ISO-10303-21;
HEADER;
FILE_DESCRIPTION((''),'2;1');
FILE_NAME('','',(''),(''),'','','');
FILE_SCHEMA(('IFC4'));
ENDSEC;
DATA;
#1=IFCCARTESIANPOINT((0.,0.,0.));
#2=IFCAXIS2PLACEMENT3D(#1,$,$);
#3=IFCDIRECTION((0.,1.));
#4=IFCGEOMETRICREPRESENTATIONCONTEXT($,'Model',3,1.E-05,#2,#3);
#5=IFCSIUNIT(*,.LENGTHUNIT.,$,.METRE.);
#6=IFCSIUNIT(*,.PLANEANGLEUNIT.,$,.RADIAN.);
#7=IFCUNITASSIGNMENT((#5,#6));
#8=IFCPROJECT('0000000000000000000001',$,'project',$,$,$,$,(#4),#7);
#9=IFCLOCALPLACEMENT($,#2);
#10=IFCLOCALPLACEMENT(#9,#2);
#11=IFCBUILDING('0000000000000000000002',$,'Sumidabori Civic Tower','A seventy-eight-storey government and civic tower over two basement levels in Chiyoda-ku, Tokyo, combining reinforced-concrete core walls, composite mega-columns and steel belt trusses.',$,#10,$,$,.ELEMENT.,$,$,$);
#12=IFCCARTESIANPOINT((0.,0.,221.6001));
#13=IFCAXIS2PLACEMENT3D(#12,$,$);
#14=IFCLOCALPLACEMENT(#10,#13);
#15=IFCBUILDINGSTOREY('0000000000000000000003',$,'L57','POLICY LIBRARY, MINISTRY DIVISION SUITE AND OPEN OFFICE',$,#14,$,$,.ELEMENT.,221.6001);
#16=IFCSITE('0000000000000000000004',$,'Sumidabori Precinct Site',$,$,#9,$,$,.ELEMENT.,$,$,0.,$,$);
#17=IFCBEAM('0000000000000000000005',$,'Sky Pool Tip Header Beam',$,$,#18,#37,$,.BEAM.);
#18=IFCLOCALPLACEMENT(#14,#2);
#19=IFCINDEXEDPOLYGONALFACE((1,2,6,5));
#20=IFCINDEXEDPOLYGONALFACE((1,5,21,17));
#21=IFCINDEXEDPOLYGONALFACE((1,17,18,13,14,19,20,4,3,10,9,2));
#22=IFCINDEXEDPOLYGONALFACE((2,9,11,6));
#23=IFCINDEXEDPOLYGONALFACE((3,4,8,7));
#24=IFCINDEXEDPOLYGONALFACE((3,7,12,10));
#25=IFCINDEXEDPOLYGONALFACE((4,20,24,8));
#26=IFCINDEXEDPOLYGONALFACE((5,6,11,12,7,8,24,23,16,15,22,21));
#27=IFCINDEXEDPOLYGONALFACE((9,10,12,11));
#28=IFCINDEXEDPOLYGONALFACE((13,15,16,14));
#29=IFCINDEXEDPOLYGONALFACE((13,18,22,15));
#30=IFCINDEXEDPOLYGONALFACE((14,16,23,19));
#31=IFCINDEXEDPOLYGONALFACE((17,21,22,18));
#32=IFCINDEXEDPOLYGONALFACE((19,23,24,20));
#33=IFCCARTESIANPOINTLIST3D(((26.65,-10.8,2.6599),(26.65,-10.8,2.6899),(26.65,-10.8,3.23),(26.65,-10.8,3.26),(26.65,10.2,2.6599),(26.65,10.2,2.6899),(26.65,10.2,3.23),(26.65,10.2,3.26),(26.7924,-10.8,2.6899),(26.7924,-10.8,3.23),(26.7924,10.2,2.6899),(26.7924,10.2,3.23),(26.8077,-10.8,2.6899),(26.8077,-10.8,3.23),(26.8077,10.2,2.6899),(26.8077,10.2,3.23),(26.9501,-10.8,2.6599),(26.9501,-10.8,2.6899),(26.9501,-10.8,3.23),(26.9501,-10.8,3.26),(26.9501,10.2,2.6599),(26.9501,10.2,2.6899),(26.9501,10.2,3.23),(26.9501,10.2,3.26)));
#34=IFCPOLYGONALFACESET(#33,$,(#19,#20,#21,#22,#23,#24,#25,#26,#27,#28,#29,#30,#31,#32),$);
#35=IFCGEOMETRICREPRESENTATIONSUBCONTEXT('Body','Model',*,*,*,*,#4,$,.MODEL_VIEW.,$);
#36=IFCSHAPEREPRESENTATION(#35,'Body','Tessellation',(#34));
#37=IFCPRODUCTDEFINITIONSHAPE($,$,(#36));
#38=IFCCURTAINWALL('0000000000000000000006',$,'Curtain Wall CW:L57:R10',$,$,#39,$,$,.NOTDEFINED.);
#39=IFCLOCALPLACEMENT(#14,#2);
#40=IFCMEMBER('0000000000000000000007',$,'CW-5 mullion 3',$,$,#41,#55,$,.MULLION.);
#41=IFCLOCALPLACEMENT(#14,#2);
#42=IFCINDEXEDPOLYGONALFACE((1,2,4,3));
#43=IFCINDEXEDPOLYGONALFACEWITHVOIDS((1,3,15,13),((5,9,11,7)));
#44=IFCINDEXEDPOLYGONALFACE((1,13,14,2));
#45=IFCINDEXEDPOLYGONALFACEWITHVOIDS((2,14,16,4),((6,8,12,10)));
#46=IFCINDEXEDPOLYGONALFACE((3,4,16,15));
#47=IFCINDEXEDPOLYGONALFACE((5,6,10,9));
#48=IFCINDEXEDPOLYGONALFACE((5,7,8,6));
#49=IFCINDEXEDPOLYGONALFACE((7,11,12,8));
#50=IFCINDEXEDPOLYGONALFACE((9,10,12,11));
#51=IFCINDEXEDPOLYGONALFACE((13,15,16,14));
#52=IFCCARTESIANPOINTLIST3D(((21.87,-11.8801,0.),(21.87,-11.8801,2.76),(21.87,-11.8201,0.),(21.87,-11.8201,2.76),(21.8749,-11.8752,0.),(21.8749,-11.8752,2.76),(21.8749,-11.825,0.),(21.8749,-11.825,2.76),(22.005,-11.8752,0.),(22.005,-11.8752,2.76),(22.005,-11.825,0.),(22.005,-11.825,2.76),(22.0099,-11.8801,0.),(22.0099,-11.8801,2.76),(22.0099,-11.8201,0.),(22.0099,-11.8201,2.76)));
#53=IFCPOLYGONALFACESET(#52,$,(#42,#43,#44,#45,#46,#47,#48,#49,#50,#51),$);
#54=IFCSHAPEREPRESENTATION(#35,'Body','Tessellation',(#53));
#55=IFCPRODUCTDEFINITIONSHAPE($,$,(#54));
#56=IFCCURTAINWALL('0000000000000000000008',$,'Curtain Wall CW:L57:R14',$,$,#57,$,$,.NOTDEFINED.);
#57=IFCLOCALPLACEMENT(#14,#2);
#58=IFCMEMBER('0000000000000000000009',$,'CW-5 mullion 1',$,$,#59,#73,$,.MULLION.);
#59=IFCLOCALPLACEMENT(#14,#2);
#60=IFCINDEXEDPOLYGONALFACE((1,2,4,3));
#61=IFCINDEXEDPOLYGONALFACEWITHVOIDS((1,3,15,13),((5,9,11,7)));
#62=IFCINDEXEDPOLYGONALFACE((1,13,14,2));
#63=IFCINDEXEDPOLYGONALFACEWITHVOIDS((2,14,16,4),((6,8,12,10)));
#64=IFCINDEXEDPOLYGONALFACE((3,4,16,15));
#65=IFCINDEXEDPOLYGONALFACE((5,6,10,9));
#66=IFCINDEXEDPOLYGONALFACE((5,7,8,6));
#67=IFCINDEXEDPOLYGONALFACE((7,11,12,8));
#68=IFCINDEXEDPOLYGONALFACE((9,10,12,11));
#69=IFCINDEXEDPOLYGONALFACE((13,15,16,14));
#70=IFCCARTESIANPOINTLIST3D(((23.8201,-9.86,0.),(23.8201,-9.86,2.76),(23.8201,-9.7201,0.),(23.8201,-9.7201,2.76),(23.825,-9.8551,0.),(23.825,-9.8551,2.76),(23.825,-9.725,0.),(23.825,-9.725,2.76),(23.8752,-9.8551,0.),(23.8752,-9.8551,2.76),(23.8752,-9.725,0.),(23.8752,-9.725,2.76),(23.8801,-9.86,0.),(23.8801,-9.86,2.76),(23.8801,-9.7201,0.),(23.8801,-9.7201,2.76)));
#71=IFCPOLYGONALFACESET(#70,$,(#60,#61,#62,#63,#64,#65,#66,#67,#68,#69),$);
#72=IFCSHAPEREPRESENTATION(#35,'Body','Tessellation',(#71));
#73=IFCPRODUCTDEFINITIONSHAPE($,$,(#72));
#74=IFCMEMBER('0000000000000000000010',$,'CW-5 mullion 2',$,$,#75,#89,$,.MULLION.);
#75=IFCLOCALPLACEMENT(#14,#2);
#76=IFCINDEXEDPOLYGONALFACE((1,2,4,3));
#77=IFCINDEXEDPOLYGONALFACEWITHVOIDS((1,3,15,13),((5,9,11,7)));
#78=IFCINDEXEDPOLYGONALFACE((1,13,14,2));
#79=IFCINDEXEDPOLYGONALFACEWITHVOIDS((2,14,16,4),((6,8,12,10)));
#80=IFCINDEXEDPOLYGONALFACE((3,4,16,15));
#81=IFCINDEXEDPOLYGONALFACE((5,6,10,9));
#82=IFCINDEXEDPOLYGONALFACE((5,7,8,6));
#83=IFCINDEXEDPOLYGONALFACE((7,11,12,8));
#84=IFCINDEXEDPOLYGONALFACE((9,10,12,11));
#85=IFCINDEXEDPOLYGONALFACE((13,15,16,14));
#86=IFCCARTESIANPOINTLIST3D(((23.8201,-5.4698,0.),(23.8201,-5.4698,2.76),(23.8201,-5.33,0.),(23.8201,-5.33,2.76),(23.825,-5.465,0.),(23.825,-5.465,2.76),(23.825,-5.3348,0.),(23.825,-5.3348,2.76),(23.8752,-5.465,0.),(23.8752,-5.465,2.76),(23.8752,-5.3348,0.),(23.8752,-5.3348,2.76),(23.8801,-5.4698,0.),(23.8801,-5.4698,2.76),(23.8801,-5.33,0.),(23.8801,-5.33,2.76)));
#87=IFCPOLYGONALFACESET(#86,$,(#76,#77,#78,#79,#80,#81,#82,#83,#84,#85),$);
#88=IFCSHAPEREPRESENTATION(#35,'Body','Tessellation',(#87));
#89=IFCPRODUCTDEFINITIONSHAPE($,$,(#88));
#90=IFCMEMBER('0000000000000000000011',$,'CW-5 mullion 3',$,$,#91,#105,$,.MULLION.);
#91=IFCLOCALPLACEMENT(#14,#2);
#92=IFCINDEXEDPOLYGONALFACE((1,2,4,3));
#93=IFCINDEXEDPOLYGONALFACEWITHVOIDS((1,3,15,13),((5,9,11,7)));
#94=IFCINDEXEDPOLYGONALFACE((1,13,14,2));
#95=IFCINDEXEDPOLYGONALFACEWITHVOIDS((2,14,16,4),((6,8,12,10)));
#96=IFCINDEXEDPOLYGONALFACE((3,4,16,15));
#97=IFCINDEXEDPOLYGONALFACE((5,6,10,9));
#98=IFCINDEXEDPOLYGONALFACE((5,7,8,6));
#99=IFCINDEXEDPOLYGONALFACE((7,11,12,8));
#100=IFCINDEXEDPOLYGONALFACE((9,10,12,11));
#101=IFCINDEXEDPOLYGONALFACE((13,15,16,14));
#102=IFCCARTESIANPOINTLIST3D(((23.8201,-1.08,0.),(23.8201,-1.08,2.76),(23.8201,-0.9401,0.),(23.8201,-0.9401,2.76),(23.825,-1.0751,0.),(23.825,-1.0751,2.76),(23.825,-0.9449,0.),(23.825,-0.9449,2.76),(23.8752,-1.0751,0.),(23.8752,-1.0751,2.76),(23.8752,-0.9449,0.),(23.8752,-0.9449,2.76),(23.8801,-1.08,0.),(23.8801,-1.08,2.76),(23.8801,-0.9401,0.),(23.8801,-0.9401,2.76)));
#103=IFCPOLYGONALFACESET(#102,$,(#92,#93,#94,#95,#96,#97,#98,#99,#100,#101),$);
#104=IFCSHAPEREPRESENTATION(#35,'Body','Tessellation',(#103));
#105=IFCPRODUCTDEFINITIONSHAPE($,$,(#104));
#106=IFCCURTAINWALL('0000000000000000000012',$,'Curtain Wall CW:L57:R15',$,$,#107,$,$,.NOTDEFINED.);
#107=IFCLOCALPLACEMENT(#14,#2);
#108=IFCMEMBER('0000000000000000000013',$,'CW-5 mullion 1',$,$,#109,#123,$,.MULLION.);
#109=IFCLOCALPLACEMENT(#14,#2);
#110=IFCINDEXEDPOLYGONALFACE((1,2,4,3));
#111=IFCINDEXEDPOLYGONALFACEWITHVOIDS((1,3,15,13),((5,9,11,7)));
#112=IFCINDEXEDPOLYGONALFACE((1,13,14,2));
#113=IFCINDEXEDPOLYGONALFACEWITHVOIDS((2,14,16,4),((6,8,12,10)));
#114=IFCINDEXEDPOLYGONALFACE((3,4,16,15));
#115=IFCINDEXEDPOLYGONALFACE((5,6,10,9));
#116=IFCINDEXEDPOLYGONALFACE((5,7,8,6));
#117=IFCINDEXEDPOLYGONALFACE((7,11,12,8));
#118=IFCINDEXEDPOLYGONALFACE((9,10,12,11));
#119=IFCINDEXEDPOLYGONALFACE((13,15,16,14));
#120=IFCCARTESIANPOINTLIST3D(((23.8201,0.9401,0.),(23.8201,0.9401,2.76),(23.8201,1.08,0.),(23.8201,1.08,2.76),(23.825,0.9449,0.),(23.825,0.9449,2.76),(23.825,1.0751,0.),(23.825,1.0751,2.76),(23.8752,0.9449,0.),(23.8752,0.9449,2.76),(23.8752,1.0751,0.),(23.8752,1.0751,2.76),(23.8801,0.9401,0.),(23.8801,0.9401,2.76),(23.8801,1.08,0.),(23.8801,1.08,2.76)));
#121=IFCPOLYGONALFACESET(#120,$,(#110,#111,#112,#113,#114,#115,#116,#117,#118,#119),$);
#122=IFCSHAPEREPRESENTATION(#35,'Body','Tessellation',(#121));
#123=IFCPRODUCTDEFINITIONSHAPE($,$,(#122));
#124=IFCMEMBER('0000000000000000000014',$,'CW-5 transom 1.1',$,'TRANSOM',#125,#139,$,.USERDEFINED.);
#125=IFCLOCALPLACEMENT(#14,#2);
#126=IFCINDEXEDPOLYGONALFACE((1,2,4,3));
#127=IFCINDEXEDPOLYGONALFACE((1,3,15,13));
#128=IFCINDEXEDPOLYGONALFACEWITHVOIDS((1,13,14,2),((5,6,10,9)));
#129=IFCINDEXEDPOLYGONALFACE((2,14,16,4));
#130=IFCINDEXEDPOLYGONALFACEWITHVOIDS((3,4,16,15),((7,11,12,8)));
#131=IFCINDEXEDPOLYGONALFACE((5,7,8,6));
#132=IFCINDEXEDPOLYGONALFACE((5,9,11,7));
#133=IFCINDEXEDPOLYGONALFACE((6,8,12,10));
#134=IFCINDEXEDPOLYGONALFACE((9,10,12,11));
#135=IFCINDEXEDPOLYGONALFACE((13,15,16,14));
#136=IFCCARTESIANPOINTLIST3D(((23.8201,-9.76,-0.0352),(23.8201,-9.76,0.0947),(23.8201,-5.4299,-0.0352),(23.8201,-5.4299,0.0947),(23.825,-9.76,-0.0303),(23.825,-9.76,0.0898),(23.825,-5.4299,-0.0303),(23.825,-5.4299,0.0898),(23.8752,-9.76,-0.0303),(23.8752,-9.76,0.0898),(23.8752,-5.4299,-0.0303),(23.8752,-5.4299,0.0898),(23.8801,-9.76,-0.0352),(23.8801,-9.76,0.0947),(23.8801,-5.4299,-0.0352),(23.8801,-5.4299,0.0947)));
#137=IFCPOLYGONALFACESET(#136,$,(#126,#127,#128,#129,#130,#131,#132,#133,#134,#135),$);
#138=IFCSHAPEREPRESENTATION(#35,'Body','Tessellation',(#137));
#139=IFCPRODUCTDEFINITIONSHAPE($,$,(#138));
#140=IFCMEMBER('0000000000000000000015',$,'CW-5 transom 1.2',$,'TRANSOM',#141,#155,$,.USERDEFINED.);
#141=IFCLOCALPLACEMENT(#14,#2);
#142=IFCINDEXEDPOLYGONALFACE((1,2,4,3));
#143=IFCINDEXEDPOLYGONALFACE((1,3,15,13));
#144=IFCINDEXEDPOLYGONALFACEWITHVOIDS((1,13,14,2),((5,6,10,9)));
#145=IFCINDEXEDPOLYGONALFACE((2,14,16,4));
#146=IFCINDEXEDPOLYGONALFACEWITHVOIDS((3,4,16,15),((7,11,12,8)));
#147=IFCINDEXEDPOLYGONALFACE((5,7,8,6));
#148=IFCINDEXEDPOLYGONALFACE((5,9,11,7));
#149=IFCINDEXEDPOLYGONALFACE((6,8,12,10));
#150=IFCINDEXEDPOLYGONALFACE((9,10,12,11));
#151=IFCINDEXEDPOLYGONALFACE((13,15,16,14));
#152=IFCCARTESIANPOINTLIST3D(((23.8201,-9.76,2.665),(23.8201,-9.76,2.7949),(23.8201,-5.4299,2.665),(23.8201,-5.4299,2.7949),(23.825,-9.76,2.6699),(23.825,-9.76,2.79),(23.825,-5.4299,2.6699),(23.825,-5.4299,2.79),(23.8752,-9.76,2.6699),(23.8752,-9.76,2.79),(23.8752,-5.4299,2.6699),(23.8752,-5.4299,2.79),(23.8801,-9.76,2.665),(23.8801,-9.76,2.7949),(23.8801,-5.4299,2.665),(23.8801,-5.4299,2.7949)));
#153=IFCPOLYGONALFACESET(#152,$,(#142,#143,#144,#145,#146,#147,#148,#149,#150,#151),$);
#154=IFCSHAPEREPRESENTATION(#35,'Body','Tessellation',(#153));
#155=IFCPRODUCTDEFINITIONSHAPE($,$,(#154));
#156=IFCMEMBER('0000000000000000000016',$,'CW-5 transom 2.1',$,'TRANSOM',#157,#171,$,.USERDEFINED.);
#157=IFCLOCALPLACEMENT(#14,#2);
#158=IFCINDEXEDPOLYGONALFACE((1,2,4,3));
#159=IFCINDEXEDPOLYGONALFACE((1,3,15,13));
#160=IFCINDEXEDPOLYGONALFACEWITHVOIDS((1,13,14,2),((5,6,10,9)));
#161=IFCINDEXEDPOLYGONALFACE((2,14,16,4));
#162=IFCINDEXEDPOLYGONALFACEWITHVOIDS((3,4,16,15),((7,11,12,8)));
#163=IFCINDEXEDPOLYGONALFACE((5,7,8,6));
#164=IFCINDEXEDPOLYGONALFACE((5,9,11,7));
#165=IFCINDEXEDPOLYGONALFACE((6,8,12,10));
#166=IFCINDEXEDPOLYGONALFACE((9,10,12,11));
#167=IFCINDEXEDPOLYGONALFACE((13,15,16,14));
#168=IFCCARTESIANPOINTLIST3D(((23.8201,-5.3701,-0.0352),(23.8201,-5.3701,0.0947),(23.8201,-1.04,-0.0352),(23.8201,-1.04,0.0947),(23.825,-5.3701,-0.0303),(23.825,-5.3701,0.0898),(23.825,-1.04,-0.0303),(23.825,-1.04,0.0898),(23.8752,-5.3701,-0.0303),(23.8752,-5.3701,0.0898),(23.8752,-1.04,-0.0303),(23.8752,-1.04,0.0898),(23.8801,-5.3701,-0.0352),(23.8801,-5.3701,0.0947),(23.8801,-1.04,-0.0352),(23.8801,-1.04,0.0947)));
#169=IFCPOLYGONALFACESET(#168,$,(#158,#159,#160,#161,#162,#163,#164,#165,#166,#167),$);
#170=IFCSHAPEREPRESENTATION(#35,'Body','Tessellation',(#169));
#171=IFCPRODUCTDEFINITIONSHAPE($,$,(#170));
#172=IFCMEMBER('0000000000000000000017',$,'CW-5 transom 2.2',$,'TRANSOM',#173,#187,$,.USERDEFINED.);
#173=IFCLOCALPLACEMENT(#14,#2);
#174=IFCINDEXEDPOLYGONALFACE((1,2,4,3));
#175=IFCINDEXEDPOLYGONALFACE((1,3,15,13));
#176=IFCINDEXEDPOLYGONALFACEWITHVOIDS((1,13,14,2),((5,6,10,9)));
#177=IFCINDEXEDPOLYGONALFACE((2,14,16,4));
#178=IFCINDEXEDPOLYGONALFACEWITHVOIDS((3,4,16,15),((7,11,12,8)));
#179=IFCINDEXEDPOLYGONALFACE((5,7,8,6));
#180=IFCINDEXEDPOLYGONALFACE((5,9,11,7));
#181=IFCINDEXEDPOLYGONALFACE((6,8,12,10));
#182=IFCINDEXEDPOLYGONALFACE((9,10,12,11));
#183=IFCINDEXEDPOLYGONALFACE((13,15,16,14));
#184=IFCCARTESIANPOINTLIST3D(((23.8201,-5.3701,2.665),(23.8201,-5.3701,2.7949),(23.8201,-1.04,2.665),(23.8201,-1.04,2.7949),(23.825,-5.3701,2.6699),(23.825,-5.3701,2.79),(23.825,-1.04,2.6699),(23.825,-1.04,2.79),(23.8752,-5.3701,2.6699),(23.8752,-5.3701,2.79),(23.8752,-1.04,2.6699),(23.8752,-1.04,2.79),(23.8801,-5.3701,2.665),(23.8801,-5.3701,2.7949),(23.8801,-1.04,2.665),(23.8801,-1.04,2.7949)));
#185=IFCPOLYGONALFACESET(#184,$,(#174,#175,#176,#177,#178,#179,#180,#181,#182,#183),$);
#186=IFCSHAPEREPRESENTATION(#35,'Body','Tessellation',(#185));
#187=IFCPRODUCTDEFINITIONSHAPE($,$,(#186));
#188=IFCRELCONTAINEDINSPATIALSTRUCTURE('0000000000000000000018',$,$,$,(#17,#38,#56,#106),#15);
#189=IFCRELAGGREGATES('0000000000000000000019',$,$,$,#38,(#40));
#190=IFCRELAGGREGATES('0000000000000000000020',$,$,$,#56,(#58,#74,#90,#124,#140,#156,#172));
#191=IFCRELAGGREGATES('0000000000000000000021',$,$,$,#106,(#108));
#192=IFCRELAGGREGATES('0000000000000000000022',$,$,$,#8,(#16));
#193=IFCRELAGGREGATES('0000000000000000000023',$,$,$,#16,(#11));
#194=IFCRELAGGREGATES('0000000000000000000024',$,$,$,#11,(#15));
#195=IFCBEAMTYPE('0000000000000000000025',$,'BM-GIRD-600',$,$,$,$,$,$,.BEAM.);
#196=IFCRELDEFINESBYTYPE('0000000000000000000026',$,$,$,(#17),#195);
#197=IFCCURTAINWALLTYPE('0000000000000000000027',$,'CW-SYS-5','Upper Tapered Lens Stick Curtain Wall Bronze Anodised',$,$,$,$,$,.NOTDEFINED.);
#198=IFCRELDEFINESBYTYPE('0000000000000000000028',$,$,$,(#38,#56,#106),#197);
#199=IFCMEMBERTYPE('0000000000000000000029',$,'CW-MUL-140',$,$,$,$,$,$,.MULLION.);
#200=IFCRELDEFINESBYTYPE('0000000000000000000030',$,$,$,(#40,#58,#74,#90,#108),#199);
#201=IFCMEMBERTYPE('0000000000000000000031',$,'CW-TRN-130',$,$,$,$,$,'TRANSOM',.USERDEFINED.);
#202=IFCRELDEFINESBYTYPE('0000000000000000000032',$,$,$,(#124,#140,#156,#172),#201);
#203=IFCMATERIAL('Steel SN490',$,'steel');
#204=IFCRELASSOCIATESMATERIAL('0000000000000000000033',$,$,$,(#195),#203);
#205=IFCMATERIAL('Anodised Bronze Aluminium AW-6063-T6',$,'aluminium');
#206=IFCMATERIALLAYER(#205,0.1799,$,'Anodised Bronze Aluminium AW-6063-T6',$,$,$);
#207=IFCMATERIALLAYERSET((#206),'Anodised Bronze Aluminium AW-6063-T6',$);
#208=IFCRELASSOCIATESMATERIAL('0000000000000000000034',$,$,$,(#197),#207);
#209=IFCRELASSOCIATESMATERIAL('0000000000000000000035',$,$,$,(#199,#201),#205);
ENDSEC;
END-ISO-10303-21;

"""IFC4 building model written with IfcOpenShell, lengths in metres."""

from ifc_helpers import new_model, si_unit, direction, frame, origin, origin_2d, place, context, subcontext, project, spatial, hollow_rectangle, i_section, extrude, source, transform, mapped, material, layer, layer_set, material_profile, profile_set, type_object, element, aggregate, save


model = new_model("IFC4")

# Units and contexts
model_context = context("Model", 3, precision=1e-05, world=origin(), true_north=direction((0.0, 1.0)))
body_context = subcontext(model_context, "Body", "Model", "MODEL_VIEW")
ifc_project = project(units=[si_unit("LENGTHUNIT", "METRE"), si_unit("PLANEANGLEUNIT", "RADIAN")], contexts=[model_context])

# Site, building, storey
site_placement = place(None, origin())
site = spatial("IfcSite", under=ifc_project, at=site_placement, Name="Sumidabori Precinct Site", CompositionType="ELEMENT", RefElevation=0.0)
building_placement = place(site_placement, origin())
building = spatial("IfcBuilding", under=site, at=building_placement, Name="Sumidabori Civic Tower", Description="A seventy-eight-storey government and civic tower over two basement levels in Chiyoda-ku, Tokyo, combining reinforced-concrete core walls, composite mega-columns and steel belt trusses.", CompositionType="ELEMENT")
storey_placement = place(building_placement, frame((0.0, 0.0, 221.6001)))
storey = spatial("IfcBuildingStorey", under=building, at=storey_placement, Name="L57", Description="POLICY LIBRARY, MINISTRY DIVISION SUITE AND OPEN OFFICE", CompositionType="ELEMENT", Elevation=221.6001)

# Shared definitions
ifc_material_1 = material(Name="Steel SN490", Category="steel")
ifc_material_profile_1 = material_profile(ifc_material_1, i_section(OverallWidth=0.3, OverallDepth=0.6001, WebThickness=0.0154, FlangeThickness=0.03, at=origin_2d()), Name="HE 600 B")
ifc_profile_set_1 = profile_set([ifc_material_profile_1], Name="Steel SN490")
beam_type_1 = type_object("IfcBeamType", Name="BM-GIRD-600", PredefinedType="BEAM", material=ifc_profile_set_1)

# Beam
shared_shape_1 = source(origin(), body_context, "Body", "SweptSolid", [
    extrude(i_section(OverallWidth=0.3, OverallDepth=0.6001, WebThickness=0.0154, FlangeThickness=0.03, at=origin_2d()), origin(), (0.0, 0.0, 1.0), 21.0),
])
beam_1_placement = place(storey_placement, frame((26.8, -10.8, 2.96), z_axis=(0.0, 1.0, 0.0), x_axis=(-1.0, 0.0, 0.0)))
element("IfcBeam", 1, at=beam_1_placement, inside=storey, type_object=beam_type_1, Name="Sky Pool Tip Header Beam", PredefinedType="BEAM", context=body_context, shape_type="MappedRepresentation", body=[
    mapped(shared_shape_1, transform((0.0, 0.0, 0.0), x_axis=(1.0, 0.0, 0.0), y_axis=(0.0, 1.0, 0.0), z_axis=(0.0, 0.0, 1.0), scale=1.0)),
])

# Curtain wall, member
ifc_material_2 = material(Name="Anodised Bronze Aluminium AW-6063-T6", Category="aluminium")
ifc_layer_1 = layer(ifc_material_2, 0.1799, Name="Anodised Bronze Aluminium AW-6063-T6")
ifc_layer_set_1 = layer_set([ifc_layer_1], Name="Anodised Bronze Aluminium AW-6063-T6")
curtain_wall_type = type_object("IfcCurtainWallType", Name="CW-SYS-5", Description="Upper Tapered Lens Stick Curtain Wall Bronze Anodised", PredefinedType="NOTDEFINED", material=ifc_layer_set_1)
curtain_wall_1_placement = place(storey_placement, origin())
curtain_wall_1 = element("IfcCurtainWall", 2, at=curtain_wall_1_placement, inside=storey, type_object=curtain_wall_type, Name="Curtain Wall CW:L57:R10", PredefinedType="NOTDEFINED")
ifc_material_profile_2 = material_profile(ifc_material_2, hollow_rectangle(XDim=0.0601, YDim=0.1399, WallThickness=0.0049, at=origin_2d()), Name="ALU MULLION 140x60")
ifc_profile_set_2 = profile_set([ifc_material_profile_2], Name="Anodised Bronze Aluminium AW-6063-T6")
member_type_1 = type_object("IfcMemberType", Name="CW-MUL-140", PredefinedType="MULLION", material=ifc_profile_set_2)
shared_shape_2 = source(origin(), body_context, "Body", "SweptSolid", [
    extrude(hollow_rectangle(XDim=0.0601, YDim=0.1399, WallThickness=0.0049, at=origin_2d()), origin(), (0.0, 0.0, 1.0), 2.76),
])
member_1_placement = place(storey_placement, frame((21.9399, -11.8501, 0.0), z_axis=(0.0, 0.0, 1.0), x_axis=(0.0, 1.0, 0.0)))
member_1 = element("IfcMember", 3, at=member_1_placement, type_object=member_type_1, Name="CW-5 mullion 3", PredefinedType="MULLION", context=body_context, shape_type="MappedRepresentation", body=[
    mapped(shared_shape_2, transform((0.0, 0.0, 0.0), x_axis=(1.0, 0.0, 0.0), y_axis=(0.0, 1.0, 0.0), z_axis=(0.0, 0.0, 1.0), scale=1.0)),
])

# Curtain wall, members
curtain_wall_2_placement = place(storey_placement, origin())
curtain_wall_2 = element("IfcCurtainWall", 4, at=curtain_wall_2_placement, inside=storey, type_object=curtain_wall_type, Name="Curtain Wall CW:L57:R14", PredefinedType="NOTDEFINED")
member_2_placement = place(storey_placement, frame((23.8501, -9.79, 0.0), z_axis=(0.0, 0.0, 1.0), x_axis=(-1.0, 0.0, 0.0)))
member_2 = element("IfcMember", 5, at=member_2_placement, type_object=member_type_1, Name="CW-5 mullion 1", PredefinedType="MULLION", context=body_context, shape_type="MappedRepresentation", body=[
    mapped(shared_shape_2, transform((0.0, 0.0, 0.0), x_axis=(1.0, 0.0, 0.0), y_axis=(0.0, 1.0, 0.0), z_axis=(0.0, 0.0, 1.0), scale=1.0)),
])
member_3_placement = place(storey_placement, frame((23.8501, -5.3999, 0.0), z_axis=(0.0, 0.0, 1.0), x_axis=(-1.0, 0.0, 0.0)))
member_3 = element("IfcMember", 6, at=member_3_placement, type_object=member_type_1, Name="CW-5 mullion 2", PredefinedType="MULLION", context=body_context, shape_type="MappedRepresentation", body=[
    mapped(shared_shape_2, transform((0.0, 0.0, 0.0), x_axis=(1.0, 0.0, 0.0), y_axis=(0.0, 1.0, 0.0), z_axis=(0.0, 0.0, 1.0), scale=1.0)),
])
member_4_placement = place(storey_placement, frame((23.8501, -1.01, 0.0), z_axis=(0.0, 0.0, 1.0), x_axis=(-1.0, 0.0, 0.0)))
member_4 = element("IfcMember", 7, at=member_4_placement, type_object=member_type_1, Name="CW-5 mullion 3", PredefinedType="MULLION", context=body_context, shape_type="MappedRepresentation", body=[
    mapped(shared_shape_2, transform((0.0, 0.0, 0.0), x_axis=(1.0, 0.0, 0.0), y_axis=(0.0, 1.0, 0.0), z_axis=(0.0, 0.0, 1.0), scale=1.0)),
])

# Curtain wall, member
curtain_wall_3_placement = place(storey_placement, origin())
curtain_wall_3 = element("IfcCurtainWall", 8, at=curtain_wall_3_placement, inside=storey, type_object=curtain_wall_type, Name="Curtain Wall CW:L57:R15", PredefinedType="NOTDEFINED")
member_5_placement = place(storey_placement, frame((23.8501, 1.01, 0.0), z_axis=(0.0, 0.0, 1.0), x_axis=(-1.0, 0.0, 0.0)))
member_5 = element("IfcMember", 9, at=member_5_placement, type_object=member_type_1, Name="CW-5 mullion 1", PredefinedType="MULLION", context=body_context, shape_type="MappedRepresentation", body=[
    mapped(shared_shape_2, transform((0.0, 0.0, 0.0), x_axis=(1.0, 0.0, 0.0), y_axis=(0.0, 1.0, 0.0), z_axis=(0.0, 0.0, 1.0), scale=1.0)),
])

# Members
ifc_material_profile_3 = material_profile(ifc_material_2, hollow_rectangle(XDim=0.0601, YDim=0.1299, WallThickness=0.0049, at=origin_2d()), Name="ALU TRANSOM 130x60")
ifc_profile_set_3 = profile_set([ifc_material_profile_3], Name="Anodised Bronze Aluminium AW-6063-T6")
member_type_2 = type_object("IfcMemberType", Name="CW-TRN-130", ElementType="TRANSOM", PredefinedType="USERDEFINED", material=ifc_profile_set_3)
shared_shape_3 = source(origin(), body_context, "Body", "SweptSolid", [
    extrude(hollow_rectangle(XDim=0.0601, YDim=0.1299, WallThickness=0.0049, at=origin_2d()), origin(), (0.0, 0.0, 1.0), 4.3301),
])
member_6_placement = place(storey_placement, frame((23.8501, -9.76, 0.0298), z_axis=(0.0, 1.0, 0.0), x_axis=(-1.0, 0.0, 0.0)))
member_6 = element("IfcMember", 10, at=member_6_placement, type_object=member_type_2, Name="CW-5 transom 1.1", ObjectType="TRANSOM", PredefinedType="USERDEFINED", context=body_context, shape_type="MappedRepresentation", body=[
    mapped(shared_shape_3, transform((0.0, 0.0, 0.0), x_axis=(1.0, 0.0, 0.0), y_axis=(0.0, 1.0, 0.0), z_axis=(0.0, 0.0, 1.0), scale=1.0)),
])
member_7_placement = place(storey_placement, frame((23.8501, -9.76, 2.73), z_axis=(0.0, 1.0, 0.0), x_axis=(-1.0, 0.0, 0.0)))
member_7 = element("IfcMember", 11, at=member_7_placement, type_object=member_type_2, Name="CW-5 transom 1.2", ObjectType="TRANSOM", PredefinedType="USERDEFINED", context=body_context, shape_type="MappedRepresentation", body=[
    mapped(shared_shape_3, transform((0.0, 0.0, 0.0), x_axis=(1.0, 0.0, 0.0), y_axis=(0.0, 1.0, 0.0), z_axis=(0.0, 0.0, 1.0), scale=1.0)),
])
member_8_placement = place(storey_placement, frame((23.8501, -5.3701, 0.0298), z_axis=(0.0, 1.0, 0.0), x_axis=(-1.0, 0.0, 0.0)))
member_8 = element("IfcMember", 12, at=member_8_placement, type_object=member_type_2, Name="CW-5 transom 2.1", ObjectType="TRANSOM", PredefinedType="USERDEFINED", context=body_context, shape_type="MappedRepresentation", body=[
    mapped(shared_shape_3, transform((0.0, 0.0, 0.0), x_axis=(1.0, 0.0, 0.0), y_axis=(0.0, 1.0, 0.0), z_axis=(0.0, 0.0, 1.0), scale=1.0)),
])
member_9_placement = place(storey_placement, frame((23.8501, -5.3701, 2.73), z_axis=(0.0, 1.0, 0.0), x_axis=(-1.0, 0.0, 0.0)))
member_9 = element("IfcMember", 13, at=member_9_placement, type_object=member_type_2, Name="CW-5 transom 2.2", ObjectType="TRANSOM", PredefinedType="USERDEFINED", context=body_context, shape_type="MappedRepresentation", body=[
    mapped(shared_shape_3, transform((0.0, 0.0, 0.0), x_axis=(1.0, 0.0, 0.0), y_axis=(0.0, 1.0, 0.0), z_axis=(0.0, 0.0, 1.0), scale=1.0)),
])

aggregate(curtain_wall_1, [member_1])
aggregate(curtain_wall_2, [member_2, member_3, member_4, member_6, member_7, member_8, member_9])
aggregate(curtain_wall_3, [member_5])

save(model, "model.ifc")
